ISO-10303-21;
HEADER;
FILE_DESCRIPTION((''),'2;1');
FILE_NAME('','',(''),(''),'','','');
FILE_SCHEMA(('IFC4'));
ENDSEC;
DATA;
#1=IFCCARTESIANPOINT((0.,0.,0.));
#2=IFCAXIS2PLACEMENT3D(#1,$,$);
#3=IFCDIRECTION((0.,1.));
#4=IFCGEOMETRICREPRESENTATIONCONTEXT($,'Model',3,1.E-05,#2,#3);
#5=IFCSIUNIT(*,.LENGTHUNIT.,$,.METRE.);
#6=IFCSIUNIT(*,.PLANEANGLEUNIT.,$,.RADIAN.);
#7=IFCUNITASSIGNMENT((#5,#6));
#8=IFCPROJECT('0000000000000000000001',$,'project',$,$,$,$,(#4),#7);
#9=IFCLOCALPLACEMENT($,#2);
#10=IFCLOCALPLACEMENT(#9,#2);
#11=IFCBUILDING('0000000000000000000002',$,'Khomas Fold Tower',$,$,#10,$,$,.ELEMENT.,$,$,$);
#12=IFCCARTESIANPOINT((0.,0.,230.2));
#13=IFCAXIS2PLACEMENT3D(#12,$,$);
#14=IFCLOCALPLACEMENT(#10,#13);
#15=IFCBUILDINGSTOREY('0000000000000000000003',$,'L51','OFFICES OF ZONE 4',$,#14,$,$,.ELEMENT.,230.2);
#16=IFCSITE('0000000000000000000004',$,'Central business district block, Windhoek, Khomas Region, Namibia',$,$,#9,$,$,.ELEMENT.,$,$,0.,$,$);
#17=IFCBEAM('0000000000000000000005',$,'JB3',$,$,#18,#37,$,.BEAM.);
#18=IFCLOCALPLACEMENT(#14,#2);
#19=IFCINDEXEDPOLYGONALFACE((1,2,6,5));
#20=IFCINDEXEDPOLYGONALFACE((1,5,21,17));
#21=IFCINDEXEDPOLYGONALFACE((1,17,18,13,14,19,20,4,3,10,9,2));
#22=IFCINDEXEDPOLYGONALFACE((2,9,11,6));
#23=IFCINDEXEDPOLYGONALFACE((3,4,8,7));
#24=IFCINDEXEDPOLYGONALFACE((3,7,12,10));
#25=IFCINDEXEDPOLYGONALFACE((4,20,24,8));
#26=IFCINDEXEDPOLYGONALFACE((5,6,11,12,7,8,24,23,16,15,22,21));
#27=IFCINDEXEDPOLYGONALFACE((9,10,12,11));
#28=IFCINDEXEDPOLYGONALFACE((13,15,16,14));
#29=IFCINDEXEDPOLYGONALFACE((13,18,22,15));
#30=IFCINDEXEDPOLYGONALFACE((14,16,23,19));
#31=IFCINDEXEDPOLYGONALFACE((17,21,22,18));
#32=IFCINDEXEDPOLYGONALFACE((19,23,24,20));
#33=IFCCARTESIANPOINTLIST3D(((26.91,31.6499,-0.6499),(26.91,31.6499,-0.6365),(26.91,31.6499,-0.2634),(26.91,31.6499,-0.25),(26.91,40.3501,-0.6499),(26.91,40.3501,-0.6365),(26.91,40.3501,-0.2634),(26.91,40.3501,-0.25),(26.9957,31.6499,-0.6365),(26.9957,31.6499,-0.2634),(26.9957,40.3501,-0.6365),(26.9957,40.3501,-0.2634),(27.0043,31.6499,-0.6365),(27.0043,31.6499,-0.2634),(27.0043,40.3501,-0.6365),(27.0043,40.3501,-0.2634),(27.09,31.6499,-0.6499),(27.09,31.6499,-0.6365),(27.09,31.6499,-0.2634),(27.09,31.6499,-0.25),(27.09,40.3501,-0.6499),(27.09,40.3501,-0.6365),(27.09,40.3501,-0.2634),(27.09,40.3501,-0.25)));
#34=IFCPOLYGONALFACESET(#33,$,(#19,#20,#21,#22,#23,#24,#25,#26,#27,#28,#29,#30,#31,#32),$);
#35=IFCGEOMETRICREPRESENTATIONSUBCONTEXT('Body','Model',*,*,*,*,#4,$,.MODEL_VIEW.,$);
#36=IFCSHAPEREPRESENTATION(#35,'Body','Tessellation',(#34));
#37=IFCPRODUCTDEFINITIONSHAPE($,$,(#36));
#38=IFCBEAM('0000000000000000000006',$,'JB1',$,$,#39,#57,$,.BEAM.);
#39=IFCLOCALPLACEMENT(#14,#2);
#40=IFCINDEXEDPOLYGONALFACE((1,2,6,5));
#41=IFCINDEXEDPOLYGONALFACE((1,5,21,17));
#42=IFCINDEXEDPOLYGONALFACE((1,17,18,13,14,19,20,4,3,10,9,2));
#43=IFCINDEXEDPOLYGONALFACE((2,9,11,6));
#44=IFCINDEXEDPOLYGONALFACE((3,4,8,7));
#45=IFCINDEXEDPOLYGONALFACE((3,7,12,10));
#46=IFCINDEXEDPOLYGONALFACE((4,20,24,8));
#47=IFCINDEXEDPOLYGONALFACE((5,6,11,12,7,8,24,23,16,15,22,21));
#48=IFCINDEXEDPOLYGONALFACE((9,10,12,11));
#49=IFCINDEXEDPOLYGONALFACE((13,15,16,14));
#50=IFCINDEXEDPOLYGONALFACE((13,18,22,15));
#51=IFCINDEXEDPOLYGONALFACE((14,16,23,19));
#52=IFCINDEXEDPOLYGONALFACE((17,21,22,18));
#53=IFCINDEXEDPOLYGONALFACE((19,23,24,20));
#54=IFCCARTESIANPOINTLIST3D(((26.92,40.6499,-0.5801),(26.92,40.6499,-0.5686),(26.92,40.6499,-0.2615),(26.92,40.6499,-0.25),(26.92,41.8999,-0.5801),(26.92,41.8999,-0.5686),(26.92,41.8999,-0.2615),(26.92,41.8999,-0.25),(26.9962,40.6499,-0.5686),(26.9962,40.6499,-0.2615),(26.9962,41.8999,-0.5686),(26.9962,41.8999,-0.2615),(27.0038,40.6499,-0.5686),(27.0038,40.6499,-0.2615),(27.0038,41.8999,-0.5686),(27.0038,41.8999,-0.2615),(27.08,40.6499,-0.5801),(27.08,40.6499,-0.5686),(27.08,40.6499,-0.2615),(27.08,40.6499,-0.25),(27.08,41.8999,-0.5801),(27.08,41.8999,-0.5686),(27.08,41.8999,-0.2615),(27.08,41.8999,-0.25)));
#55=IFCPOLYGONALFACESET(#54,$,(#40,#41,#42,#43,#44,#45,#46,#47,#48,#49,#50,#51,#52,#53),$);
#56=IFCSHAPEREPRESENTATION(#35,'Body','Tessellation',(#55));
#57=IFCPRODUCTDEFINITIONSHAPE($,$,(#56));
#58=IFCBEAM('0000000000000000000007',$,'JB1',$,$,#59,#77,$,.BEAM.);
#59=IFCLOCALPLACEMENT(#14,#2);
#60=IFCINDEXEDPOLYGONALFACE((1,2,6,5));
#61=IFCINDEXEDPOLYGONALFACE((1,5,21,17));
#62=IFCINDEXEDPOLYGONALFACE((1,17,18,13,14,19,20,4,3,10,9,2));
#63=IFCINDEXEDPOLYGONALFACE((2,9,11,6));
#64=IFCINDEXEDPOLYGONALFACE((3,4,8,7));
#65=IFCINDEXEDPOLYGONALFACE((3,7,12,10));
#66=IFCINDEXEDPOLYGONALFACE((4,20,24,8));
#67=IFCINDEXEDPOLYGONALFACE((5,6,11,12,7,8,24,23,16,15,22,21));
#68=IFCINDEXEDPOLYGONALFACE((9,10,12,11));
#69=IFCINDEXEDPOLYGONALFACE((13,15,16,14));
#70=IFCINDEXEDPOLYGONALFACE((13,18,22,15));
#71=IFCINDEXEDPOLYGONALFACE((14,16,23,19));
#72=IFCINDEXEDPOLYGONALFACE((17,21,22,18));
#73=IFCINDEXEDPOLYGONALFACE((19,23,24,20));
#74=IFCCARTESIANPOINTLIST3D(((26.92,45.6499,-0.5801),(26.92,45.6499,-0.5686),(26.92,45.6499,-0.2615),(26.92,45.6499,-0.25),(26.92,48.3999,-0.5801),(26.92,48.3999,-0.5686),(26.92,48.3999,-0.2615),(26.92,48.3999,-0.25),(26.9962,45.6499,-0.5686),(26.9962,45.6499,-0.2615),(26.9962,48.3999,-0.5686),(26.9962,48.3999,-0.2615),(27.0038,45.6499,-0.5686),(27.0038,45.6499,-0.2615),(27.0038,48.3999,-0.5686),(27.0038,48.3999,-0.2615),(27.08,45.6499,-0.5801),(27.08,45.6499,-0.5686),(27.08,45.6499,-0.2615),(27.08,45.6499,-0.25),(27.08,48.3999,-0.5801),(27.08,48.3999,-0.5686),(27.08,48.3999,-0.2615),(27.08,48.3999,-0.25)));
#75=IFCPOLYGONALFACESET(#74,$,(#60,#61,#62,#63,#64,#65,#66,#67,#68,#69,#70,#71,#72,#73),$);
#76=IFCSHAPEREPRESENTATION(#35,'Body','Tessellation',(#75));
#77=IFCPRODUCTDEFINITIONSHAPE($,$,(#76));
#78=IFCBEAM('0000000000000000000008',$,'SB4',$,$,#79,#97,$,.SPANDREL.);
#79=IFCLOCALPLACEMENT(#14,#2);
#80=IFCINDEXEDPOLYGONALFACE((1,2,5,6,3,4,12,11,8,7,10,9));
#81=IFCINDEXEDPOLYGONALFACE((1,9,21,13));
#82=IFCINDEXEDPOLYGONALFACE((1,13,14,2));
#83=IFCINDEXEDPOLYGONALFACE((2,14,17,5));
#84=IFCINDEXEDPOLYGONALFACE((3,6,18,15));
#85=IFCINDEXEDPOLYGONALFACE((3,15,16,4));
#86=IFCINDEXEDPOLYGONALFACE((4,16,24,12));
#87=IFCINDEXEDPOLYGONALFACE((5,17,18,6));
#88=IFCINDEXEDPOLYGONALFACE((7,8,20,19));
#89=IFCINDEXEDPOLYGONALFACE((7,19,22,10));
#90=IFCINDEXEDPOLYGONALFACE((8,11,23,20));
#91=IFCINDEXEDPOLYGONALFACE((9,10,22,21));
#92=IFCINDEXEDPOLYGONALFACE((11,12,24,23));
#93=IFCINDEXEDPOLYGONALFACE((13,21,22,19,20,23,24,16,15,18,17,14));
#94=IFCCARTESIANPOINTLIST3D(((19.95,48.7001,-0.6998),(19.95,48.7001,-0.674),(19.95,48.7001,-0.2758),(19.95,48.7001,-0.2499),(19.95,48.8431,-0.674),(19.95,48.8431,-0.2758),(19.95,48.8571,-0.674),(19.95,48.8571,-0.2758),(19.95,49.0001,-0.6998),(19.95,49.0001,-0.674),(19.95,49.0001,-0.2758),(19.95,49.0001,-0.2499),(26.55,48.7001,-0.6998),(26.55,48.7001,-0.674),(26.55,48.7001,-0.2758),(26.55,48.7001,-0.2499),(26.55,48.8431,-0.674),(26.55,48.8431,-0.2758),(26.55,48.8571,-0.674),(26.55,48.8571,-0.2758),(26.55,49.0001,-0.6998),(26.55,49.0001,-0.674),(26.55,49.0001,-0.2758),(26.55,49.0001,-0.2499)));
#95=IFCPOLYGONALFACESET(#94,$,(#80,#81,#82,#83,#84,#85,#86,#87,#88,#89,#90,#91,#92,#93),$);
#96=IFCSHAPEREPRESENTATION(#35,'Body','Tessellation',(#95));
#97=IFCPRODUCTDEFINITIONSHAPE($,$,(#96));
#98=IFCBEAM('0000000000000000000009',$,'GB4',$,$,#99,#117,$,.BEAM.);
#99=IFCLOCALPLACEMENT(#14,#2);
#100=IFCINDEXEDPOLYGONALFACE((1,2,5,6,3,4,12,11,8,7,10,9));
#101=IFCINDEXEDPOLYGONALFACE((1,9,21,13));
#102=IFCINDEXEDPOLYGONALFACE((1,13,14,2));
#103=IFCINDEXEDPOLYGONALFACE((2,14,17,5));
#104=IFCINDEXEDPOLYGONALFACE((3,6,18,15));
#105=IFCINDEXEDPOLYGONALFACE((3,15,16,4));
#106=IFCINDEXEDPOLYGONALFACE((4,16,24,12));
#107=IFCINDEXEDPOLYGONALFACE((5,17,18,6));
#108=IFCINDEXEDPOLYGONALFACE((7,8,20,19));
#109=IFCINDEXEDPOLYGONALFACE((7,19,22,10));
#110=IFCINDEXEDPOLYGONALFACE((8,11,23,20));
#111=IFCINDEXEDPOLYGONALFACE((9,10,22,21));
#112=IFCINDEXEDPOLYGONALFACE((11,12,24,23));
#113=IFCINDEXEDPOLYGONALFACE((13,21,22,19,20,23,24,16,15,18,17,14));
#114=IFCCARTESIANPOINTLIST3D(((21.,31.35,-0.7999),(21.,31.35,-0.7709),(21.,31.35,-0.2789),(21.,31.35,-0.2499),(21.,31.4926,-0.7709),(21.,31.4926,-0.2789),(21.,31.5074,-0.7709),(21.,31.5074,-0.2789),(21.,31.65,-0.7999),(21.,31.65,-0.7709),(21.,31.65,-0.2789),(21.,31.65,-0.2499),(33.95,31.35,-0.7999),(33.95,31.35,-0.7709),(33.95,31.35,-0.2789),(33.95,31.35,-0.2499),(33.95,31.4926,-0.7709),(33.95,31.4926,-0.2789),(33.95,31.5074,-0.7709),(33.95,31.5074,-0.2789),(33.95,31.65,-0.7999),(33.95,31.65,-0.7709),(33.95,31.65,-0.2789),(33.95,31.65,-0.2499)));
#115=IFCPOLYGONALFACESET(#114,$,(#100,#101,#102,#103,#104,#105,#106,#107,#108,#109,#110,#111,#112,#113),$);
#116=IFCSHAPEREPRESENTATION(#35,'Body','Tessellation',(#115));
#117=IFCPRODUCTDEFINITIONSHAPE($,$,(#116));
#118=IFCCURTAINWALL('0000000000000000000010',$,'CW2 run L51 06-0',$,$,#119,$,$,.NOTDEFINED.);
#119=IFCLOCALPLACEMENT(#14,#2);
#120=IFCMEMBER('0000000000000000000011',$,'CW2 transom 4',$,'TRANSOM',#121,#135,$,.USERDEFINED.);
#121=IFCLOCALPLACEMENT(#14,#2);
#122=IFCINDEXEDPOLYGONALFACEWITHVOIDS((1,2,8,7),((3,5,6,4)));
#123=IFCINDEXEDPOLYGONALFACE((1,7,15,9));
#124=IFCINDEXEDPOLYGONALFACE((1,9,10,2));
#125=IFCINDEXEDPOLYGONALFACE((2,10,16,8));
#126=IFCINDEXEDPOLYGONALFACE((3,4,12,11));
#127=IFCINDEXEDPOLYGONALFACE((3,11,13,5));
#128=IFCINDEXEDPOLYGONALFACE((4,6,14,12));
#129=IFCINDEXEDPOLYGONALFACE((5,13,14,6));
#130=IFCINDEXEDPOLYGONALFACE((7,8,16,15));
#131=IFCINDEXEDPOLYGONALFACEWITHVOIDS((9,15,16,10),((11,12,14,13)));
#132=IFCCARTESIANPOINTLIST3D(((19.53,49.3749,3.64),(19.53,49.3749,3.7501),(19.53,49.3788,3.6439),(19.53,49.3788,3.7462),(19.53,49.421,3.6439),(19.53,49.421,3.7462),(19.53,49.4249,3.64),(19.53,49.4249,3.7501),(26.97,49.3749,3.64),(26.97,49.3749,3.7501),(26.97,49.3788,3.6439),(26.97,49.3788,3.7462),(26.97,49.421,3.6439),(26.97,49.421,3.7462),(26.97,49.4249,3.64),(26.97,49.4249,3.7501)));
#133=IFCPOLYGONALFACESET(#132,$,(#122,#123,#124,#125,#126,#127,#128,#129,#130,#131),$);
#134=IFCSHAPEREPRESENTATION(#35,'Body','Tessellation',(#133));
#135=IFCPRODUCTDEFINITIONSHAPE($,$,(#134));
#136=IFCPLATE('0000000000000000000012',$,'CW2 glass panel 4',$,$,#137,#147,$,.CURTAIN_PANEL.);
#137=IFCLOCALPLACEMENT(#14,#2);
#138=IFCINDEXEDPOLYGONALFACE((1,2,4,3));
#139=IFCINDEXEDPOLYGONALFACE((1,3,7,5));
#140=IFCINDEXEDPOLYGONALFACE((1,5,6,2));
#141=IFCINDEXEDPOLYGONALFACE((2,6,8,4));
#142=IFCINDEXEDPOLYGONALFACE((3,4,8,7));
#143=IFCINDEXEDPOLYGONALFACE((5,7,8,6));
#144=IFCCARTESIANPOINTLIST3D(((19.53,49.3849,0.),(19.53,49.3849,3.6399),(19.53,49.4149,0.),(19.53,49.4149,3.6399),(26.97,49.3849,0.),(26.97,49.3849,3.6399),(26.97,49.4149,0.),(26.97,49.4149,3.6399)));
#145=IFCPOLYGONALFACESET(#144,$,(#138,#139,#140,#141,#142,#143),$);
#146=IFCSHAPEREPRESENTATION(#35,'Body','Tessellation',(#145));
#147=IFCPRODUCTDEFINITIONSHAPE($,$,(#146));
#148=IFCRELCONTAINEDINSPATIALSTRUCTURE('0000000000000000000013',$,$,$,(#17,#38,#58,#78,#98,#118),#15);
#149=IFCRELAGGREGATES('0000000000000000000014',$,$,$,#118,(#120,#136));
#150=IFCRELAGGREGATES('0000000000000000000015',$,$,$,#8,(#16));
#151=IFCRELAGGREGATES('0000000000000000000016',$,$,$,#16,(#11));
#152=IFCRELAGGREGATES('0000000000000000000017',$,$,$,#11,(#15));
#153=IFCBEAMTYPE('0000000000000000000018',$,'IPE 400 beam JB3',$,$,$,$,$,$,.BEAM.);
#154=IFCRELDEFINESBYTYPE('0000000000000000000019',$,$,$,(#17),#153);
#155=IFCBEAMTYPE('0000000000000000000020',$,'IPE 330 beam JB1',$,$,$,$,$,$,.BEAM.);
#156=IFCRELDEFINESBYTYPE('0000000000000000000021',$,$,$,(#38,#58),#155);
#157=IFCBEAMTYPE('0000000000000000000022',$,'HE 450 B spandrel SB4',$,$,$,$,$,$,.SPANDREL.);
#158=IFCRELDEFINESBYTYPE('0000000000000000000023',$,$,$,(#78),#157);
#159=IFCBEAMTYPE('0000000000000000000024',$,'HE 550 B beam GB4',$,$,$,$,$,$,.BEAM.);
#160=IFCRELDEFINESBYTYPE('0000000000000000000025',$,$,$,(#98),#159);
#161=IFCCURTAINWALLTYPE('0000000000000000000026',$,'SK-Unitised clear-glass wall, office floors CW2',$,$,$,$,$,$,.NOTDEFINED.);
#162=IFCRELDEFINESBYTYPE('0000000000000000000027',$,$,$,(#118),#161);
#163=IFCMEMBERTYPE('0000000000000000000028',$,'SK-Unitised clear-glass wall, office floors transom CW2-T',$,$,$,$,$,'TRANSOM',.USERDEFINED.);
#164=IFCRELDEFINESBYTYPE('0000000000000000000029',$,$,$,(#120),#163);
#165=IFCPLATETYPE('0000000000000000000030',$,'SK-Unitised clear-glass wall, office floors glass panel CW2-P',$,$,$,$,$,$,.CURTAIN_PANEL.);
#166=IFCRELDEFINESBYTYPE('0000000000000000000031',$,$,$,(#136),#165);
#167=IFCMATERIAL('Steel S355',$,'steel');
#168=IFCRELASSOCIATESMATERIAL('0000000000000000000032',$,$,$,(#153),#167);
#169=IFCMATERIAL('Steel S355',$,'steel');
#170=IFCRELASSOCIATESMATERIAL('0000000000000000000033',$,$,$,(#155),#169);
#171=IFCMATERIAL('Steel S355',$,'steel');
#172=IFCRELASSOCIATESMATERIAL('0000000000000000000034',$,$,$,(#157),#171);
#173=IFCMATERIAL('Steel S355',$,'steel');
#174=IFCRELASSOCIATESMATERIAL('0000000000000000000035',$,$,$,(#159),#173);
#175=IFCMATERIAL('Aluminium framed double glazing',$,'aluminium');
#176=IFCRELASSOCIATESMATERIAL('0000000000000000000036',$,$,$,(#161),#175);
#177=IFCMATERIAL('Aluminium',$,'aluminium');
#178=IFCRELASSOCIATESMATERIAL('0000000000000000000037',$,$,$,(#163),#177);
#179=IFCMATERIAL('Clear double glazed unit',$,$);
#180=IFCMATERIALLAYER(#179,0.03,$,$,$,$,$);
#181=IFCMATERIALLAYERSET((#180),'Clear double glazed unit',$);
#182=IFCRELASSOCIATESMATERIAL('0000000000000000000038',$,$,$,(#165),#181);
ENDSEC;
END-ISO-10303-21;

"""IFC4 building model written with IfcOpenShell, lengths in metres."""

from ifc_helpers import new_model, si_unit, direction, frame, origin, origin_2d, place, context, subcontext, project, spatial, rectangle, hollow_rectangle, i_section, extrude, source, transform, mapped, material, layer, layer_set, material_profile, profile_set, type_object, element, aggregate, save


model = new_model("IFC4")

# Units and contexts
model_context = context("Model", 3, precision=1e-05, world=origin(), true_north=direction((0.0, 1.0)))
body_context = subcontext(model_context, "Body", "Model", "MODEL_VIEW")
ifc_project = project(units=[si_unit("LENGTHUNIT", "METRE"), si_unit("PLANEANGLEUNIT", "RADIAN")], contexts=[model_context])

# Site, building, storey
site_placement = place(None, origin())
site = spatial("IfcSite", under=ifc_project, at=site_placement, Name="Central business district block, Windhoek, Khomas Region, Namibia", CompositionType="ELEMENT", RefElevation=0.0)
building_placement = place(site_placement, origin())
building = spatial("IfcBuilding", under=site, at=building_placement, Name="Khomas Fold Tower", CompositionType="ELEMENT")
storey_placement = place(building_placement, frame((0.0, 0.0, 230.2)))
storey = spatial("IfcBuildingStorey", under=building, at=storey_placement, Name="L51", Description="OFFICES OF ZONE 4", CompositionType="ELEMENT", Elevation=230.2)

# Beams
ifc_material_1 = material(Name="Steel S355", Category="steel")
ifc_material_profile_1 = material_profile(ifc_material_1, i_section(OverallWidth=0.1799, OverallDepth=0.3999, WebThickness=0.0085, FlangeThickness=0.0134, at=origin_2d()), Name="IPE 400")
ifc_profile_set_1 = profile_set([ifc_material_profile_1], Name="Steel S355")
beam_type_1 = type_object("IfcBeamType", Name="IPE 400 beam JB3", PredefinedType="BEAM", material=ifc_profile_set_1)
shared_shape_1 = source(origin(), body_context, "Body", "SweptSolid", [
    extrude(i_section(OverallWidth=0.1799, OverallDepth=0.3999, WebThickness=0.0085, FlangeThickness=0.0134, at=origin_2d()), origin(), (0.0, 0.0, 1.0), 8.7002),
])
beam_1_placement = place(storey_placement, frame((27.0, 31.6499, -0.45), z_axis=(0.0, 1.0, 0.0), x_axis=(-1.0, 0.0, 0.0)))
element("IfcBeam", 1, at=beam_1_placement, inside=storey, type_object=beam_type_1, Name="JB3", PredefinedType="BEAM", context=body_context, shape_type="MappedRepresentation", body=[
    mapped(shared_shape_1, transform((0.0, 0.0, 0.0))),
])
ifc_material_2 = material(Name="Steel S355", Category="steel")
ifc_material_profile_2 = material_profile(ifc_material_2, i_section(OverallWidth=0.1599, OverallDepth=0.3301, WebThickness=0.0076, FlangeThickness=0.0115, at=origin_2d()), Name="IPE 330")
ifc_profile_set_2 = profile_set([ifc_material_profile_2], Name="Steel S355")
beam_type_2 = type_object("IfcBeamType", Name="IPE 330 beam JB1", PredefinedType="BEAM", material=ifc_profile_set_2)
shared_shape_2 = source(origin(), body_context, "Body", "SweptSolid", [
    extrude(i_section(OverallWidth=0.1599, OverallDepth=0.3301, WebThickness=0.0076, FlangeThickness=0.0115, at=origin_2d()), origin(), (0.0, 0.0, 1.0), 1.25),
])
beam_2_placement = place(storey_placement, frame((27.0, 40.6499, -0.415), z_axis=(0.0, 1.0, 0.0), x_axis=(-1.0, 0.0, 0.0)))
element("IfcBeam", 2, at=beam_2_placement, inside=storey, type_object=beam_type_2, Name="JB1", PredefinedType="BEAM", context=body_context, shape_type="MappedRepresentation", body=[
    mapped(shared_shape_2, transform((0.0, 0.0, 0.0))),
])
shared_shape_3 = source(origin(), body_context, "Body", "SweptSolid", [
    extrude(i_section(OverallWidth=0.1599, OverallDepth=0.3301, WebThickness=0.0076, FlangeThickness=0.0115, at=origin_2d()), origin(), (0.0, 0.0, 1.0), 2.75),
])
beam_3_placement = place(storey_placement, frame((27.0, 45.6499, -0.415), z_axis=(0.0, 1.0, 0.0), x_axis=(-1.0, 0.0, 0.0)))
element("IfcBeam", 3, at=beam_3_placement, inside=storey, type_object=beam_type_2, Name="JB1", PredefinedType="BEAM", context=body_context, shape_type="MappedRepresentation", body=[
    mapped(shared_shape_3, transform((0.0, 0.0, 0.0))),
])
ifc_material_3 = material(Name="Steel S355", Category="steel")
ifc_material_profile_3 = material_profile(ifc_material_3, i_section(OverallWidth=0.3, OverallDepth=0.45, WebThickness=0.0139, FlangeThickness=0.0259, at=origin_2d()), Name="HE 450 B")
ifc_profile_set_3 = profile_set([ifc_material_profile_3], Name="Steel S355")
beam_type_3 = type_object("IfcBeamType", Name="HE 450 B spandrel SB4", PredefinedType="SPANDREL", material=ifc_profile_set_3)
shared_shape_4 = source(origin(), body_context, "Body", "SweptSolid", [
    extrude(i_section(OverallWidth=0.3, OverallDepth=0.45, WebThickness=0.0139, FlangeThickness=0.0259, at=origin_2d()), origin(), (0.0, 0.0, 1.0), 6.6001),
])
beam_4_placement = place(storey_placement, frame((19.95, 48.8501, -0.4749), z_axis=(1.0, 0.0, 0.0), x_axis=(0.0, 1.0, 0.0)))
element("IfcBeam", 4, at=beam_4_placement, inside=storey, type_object=beam_type_3, Name="SB4", PredefinedType="SPANDREL", context=body_context, shape_type="MappedRepresentation", body=[
    mapped(shared_shape_4, transform((0.0, 0.0, 0.0))),
])
ifc_material_4 = material(Name="Steel S355", Category="steel")
ifc_material_profile_4 = material_profile(ifc_material_4, i_section(OverallWidth=0.3, OverallDepth=0.55, WebThickness=0.0149, FlangeThickness=0.0291, at=origin_2d()), Name="HE 550 B")
ifc_profile_set_4 = profile_set([ifc_material_profile_4], Name="Steel S355")
beam_type_4 = type_object("IfcBeamType", Name="HE 550 B beam GB4", PredefinedType="BEAM", material=ifc_profile_set_4)
shared_shape_5 = source(origin(), body_context, "Body", "SweptSolid", [
    extrude(i_section(OverallWidth=0.3, OverallDepth=0.55, WebThickness=0.0149, FlangeThickness=0.0291, at=origin_2d()), origin(), (0.0, 0.0, 1.0), 12.95),
])
beam_5_placement = place(storey_placement, frame((21.0, 31.5, -0.5249), z_axis=(1.0, 0.0, 0.0), x_axis=(0.0, 1.0, 0.0)))
element("IfcBeam", 5, at=beam_5_placement, inside=storey, type_object=beam_type_4, Name="GB4", PredefinedType="BEAM", context=body_context, shape_type="MappedRepresentation", body=[
    mapped(shared_shape_5, transform((0.0, 0.0, 0.0))),
])

# Curtain wall, member, plate
ifc_material_5 = material(Name="Aluminium framed double glazing", Category="aluminium")
curtain_wall_type = type_object("IfcCurtainWallType", Name="SK-Unitised clear-glass wall, office floors CW2", PredefinedType="NOTDEFINED", material=ifc_material_5)
curtain_wall_placement = place(storey_placement, origin())
curtain_wall = element("IfcCurtainWall", 6, at=curtain_wall_placement, inside=storey, type_object=curtain_wall_type, Name="CW2 run L51 06-0", PredefinedType="NOTDEFINED")
ifc_material_6 = material(Name="Aluminium", Category="aluminium")
ifc_material_profile_5 = material_profile(ifc_material_6, hollow_rectangle(XDim=0.05, YDim=0.1101, WallThickness=0.0039, at=origin_2d()), Name="SK-Unitised clear-glass wall, office floors transom CW2-T")
ifc_profile_set_5 = profile_set([ifc_material_profile_5], Name="Aluminium")
member_type = type_object("IfcMemberType", Name="SK-Unitised clear-glass wall, office floors transom CW2-T", ElementType="TRANSOM", PredefinedType="USERDEFINED", material=ifc_profile_set_5)
shared_shape_6 = source(origin(), body_context, "Body", "SweptSolid", [
    extrude(hollow_rectangle(XDim=0.05, YDim=0.1101, WallThickness=0.0039, at=origin_2d()), origin(), (0.0, 0.0, 1.0), 7.4399),
])
member_placement = place(storey_placement, frame((26.97, 49.3999, 3.6951), z_axis=(-1.0, 0.0, 0.0), x_axis=(0.0, -1.0, 0.0)))
member = element("IfcMember", 7, at=member_placement, type_object=member_type, Name="CW2 transom 4", ObjectType="TRANSOM", PredefinedType="USERDEFINED", context=body_context, shape_type="MappedRepresentation", body=[
    mapped(shared_shape_6, transform((0.0, 0.0, 0.0))),
])
ifc_material_7 = material(Name="Clear double glazed unit")
ifc_layer_1 = layer(ifc_material_7, 0.03)
ifc_layer_set_1 = layer_set([ifc_layer_1], Name="Clear double glazed unit")
plate_type = type_object("IfcPlateType", Name="SK-Unitised clear-glass wall, office floors glass panel CW2-P", PredefinedType="CURTAIN_PANEL", material=ifc_layer_set_1)
shared_shape_7 = source(origin(), body_context, "Body", "SweptSolid", [
    extrude(rectangle(XDim=7.4399, YDim=0.03, at=origin_2d()), origin(), (0.0, 0.0, 1.0), 3.6399),
])
plate_placement = place(storey_placement, frame((23.25, 49.3999, 0.0), z_axis=(0.0, 0.0, 1.0), x_axis=(-1.0, 0.0, 0.0)))
plate = element("IfcPlate", 8, at=plate_placement, type_object=plate_type, Name="CW2 glass panel 4", PredefinedType="CURTAIN_PANEL", context=body_context, shape_type="MappedRepresentation", body=[
    mapped(shared_shape_7, transform((0.0, 0.0, 0.0))),
])
aggregate(curtain_wall, [member, plate])

save(model, "model.ifc")
